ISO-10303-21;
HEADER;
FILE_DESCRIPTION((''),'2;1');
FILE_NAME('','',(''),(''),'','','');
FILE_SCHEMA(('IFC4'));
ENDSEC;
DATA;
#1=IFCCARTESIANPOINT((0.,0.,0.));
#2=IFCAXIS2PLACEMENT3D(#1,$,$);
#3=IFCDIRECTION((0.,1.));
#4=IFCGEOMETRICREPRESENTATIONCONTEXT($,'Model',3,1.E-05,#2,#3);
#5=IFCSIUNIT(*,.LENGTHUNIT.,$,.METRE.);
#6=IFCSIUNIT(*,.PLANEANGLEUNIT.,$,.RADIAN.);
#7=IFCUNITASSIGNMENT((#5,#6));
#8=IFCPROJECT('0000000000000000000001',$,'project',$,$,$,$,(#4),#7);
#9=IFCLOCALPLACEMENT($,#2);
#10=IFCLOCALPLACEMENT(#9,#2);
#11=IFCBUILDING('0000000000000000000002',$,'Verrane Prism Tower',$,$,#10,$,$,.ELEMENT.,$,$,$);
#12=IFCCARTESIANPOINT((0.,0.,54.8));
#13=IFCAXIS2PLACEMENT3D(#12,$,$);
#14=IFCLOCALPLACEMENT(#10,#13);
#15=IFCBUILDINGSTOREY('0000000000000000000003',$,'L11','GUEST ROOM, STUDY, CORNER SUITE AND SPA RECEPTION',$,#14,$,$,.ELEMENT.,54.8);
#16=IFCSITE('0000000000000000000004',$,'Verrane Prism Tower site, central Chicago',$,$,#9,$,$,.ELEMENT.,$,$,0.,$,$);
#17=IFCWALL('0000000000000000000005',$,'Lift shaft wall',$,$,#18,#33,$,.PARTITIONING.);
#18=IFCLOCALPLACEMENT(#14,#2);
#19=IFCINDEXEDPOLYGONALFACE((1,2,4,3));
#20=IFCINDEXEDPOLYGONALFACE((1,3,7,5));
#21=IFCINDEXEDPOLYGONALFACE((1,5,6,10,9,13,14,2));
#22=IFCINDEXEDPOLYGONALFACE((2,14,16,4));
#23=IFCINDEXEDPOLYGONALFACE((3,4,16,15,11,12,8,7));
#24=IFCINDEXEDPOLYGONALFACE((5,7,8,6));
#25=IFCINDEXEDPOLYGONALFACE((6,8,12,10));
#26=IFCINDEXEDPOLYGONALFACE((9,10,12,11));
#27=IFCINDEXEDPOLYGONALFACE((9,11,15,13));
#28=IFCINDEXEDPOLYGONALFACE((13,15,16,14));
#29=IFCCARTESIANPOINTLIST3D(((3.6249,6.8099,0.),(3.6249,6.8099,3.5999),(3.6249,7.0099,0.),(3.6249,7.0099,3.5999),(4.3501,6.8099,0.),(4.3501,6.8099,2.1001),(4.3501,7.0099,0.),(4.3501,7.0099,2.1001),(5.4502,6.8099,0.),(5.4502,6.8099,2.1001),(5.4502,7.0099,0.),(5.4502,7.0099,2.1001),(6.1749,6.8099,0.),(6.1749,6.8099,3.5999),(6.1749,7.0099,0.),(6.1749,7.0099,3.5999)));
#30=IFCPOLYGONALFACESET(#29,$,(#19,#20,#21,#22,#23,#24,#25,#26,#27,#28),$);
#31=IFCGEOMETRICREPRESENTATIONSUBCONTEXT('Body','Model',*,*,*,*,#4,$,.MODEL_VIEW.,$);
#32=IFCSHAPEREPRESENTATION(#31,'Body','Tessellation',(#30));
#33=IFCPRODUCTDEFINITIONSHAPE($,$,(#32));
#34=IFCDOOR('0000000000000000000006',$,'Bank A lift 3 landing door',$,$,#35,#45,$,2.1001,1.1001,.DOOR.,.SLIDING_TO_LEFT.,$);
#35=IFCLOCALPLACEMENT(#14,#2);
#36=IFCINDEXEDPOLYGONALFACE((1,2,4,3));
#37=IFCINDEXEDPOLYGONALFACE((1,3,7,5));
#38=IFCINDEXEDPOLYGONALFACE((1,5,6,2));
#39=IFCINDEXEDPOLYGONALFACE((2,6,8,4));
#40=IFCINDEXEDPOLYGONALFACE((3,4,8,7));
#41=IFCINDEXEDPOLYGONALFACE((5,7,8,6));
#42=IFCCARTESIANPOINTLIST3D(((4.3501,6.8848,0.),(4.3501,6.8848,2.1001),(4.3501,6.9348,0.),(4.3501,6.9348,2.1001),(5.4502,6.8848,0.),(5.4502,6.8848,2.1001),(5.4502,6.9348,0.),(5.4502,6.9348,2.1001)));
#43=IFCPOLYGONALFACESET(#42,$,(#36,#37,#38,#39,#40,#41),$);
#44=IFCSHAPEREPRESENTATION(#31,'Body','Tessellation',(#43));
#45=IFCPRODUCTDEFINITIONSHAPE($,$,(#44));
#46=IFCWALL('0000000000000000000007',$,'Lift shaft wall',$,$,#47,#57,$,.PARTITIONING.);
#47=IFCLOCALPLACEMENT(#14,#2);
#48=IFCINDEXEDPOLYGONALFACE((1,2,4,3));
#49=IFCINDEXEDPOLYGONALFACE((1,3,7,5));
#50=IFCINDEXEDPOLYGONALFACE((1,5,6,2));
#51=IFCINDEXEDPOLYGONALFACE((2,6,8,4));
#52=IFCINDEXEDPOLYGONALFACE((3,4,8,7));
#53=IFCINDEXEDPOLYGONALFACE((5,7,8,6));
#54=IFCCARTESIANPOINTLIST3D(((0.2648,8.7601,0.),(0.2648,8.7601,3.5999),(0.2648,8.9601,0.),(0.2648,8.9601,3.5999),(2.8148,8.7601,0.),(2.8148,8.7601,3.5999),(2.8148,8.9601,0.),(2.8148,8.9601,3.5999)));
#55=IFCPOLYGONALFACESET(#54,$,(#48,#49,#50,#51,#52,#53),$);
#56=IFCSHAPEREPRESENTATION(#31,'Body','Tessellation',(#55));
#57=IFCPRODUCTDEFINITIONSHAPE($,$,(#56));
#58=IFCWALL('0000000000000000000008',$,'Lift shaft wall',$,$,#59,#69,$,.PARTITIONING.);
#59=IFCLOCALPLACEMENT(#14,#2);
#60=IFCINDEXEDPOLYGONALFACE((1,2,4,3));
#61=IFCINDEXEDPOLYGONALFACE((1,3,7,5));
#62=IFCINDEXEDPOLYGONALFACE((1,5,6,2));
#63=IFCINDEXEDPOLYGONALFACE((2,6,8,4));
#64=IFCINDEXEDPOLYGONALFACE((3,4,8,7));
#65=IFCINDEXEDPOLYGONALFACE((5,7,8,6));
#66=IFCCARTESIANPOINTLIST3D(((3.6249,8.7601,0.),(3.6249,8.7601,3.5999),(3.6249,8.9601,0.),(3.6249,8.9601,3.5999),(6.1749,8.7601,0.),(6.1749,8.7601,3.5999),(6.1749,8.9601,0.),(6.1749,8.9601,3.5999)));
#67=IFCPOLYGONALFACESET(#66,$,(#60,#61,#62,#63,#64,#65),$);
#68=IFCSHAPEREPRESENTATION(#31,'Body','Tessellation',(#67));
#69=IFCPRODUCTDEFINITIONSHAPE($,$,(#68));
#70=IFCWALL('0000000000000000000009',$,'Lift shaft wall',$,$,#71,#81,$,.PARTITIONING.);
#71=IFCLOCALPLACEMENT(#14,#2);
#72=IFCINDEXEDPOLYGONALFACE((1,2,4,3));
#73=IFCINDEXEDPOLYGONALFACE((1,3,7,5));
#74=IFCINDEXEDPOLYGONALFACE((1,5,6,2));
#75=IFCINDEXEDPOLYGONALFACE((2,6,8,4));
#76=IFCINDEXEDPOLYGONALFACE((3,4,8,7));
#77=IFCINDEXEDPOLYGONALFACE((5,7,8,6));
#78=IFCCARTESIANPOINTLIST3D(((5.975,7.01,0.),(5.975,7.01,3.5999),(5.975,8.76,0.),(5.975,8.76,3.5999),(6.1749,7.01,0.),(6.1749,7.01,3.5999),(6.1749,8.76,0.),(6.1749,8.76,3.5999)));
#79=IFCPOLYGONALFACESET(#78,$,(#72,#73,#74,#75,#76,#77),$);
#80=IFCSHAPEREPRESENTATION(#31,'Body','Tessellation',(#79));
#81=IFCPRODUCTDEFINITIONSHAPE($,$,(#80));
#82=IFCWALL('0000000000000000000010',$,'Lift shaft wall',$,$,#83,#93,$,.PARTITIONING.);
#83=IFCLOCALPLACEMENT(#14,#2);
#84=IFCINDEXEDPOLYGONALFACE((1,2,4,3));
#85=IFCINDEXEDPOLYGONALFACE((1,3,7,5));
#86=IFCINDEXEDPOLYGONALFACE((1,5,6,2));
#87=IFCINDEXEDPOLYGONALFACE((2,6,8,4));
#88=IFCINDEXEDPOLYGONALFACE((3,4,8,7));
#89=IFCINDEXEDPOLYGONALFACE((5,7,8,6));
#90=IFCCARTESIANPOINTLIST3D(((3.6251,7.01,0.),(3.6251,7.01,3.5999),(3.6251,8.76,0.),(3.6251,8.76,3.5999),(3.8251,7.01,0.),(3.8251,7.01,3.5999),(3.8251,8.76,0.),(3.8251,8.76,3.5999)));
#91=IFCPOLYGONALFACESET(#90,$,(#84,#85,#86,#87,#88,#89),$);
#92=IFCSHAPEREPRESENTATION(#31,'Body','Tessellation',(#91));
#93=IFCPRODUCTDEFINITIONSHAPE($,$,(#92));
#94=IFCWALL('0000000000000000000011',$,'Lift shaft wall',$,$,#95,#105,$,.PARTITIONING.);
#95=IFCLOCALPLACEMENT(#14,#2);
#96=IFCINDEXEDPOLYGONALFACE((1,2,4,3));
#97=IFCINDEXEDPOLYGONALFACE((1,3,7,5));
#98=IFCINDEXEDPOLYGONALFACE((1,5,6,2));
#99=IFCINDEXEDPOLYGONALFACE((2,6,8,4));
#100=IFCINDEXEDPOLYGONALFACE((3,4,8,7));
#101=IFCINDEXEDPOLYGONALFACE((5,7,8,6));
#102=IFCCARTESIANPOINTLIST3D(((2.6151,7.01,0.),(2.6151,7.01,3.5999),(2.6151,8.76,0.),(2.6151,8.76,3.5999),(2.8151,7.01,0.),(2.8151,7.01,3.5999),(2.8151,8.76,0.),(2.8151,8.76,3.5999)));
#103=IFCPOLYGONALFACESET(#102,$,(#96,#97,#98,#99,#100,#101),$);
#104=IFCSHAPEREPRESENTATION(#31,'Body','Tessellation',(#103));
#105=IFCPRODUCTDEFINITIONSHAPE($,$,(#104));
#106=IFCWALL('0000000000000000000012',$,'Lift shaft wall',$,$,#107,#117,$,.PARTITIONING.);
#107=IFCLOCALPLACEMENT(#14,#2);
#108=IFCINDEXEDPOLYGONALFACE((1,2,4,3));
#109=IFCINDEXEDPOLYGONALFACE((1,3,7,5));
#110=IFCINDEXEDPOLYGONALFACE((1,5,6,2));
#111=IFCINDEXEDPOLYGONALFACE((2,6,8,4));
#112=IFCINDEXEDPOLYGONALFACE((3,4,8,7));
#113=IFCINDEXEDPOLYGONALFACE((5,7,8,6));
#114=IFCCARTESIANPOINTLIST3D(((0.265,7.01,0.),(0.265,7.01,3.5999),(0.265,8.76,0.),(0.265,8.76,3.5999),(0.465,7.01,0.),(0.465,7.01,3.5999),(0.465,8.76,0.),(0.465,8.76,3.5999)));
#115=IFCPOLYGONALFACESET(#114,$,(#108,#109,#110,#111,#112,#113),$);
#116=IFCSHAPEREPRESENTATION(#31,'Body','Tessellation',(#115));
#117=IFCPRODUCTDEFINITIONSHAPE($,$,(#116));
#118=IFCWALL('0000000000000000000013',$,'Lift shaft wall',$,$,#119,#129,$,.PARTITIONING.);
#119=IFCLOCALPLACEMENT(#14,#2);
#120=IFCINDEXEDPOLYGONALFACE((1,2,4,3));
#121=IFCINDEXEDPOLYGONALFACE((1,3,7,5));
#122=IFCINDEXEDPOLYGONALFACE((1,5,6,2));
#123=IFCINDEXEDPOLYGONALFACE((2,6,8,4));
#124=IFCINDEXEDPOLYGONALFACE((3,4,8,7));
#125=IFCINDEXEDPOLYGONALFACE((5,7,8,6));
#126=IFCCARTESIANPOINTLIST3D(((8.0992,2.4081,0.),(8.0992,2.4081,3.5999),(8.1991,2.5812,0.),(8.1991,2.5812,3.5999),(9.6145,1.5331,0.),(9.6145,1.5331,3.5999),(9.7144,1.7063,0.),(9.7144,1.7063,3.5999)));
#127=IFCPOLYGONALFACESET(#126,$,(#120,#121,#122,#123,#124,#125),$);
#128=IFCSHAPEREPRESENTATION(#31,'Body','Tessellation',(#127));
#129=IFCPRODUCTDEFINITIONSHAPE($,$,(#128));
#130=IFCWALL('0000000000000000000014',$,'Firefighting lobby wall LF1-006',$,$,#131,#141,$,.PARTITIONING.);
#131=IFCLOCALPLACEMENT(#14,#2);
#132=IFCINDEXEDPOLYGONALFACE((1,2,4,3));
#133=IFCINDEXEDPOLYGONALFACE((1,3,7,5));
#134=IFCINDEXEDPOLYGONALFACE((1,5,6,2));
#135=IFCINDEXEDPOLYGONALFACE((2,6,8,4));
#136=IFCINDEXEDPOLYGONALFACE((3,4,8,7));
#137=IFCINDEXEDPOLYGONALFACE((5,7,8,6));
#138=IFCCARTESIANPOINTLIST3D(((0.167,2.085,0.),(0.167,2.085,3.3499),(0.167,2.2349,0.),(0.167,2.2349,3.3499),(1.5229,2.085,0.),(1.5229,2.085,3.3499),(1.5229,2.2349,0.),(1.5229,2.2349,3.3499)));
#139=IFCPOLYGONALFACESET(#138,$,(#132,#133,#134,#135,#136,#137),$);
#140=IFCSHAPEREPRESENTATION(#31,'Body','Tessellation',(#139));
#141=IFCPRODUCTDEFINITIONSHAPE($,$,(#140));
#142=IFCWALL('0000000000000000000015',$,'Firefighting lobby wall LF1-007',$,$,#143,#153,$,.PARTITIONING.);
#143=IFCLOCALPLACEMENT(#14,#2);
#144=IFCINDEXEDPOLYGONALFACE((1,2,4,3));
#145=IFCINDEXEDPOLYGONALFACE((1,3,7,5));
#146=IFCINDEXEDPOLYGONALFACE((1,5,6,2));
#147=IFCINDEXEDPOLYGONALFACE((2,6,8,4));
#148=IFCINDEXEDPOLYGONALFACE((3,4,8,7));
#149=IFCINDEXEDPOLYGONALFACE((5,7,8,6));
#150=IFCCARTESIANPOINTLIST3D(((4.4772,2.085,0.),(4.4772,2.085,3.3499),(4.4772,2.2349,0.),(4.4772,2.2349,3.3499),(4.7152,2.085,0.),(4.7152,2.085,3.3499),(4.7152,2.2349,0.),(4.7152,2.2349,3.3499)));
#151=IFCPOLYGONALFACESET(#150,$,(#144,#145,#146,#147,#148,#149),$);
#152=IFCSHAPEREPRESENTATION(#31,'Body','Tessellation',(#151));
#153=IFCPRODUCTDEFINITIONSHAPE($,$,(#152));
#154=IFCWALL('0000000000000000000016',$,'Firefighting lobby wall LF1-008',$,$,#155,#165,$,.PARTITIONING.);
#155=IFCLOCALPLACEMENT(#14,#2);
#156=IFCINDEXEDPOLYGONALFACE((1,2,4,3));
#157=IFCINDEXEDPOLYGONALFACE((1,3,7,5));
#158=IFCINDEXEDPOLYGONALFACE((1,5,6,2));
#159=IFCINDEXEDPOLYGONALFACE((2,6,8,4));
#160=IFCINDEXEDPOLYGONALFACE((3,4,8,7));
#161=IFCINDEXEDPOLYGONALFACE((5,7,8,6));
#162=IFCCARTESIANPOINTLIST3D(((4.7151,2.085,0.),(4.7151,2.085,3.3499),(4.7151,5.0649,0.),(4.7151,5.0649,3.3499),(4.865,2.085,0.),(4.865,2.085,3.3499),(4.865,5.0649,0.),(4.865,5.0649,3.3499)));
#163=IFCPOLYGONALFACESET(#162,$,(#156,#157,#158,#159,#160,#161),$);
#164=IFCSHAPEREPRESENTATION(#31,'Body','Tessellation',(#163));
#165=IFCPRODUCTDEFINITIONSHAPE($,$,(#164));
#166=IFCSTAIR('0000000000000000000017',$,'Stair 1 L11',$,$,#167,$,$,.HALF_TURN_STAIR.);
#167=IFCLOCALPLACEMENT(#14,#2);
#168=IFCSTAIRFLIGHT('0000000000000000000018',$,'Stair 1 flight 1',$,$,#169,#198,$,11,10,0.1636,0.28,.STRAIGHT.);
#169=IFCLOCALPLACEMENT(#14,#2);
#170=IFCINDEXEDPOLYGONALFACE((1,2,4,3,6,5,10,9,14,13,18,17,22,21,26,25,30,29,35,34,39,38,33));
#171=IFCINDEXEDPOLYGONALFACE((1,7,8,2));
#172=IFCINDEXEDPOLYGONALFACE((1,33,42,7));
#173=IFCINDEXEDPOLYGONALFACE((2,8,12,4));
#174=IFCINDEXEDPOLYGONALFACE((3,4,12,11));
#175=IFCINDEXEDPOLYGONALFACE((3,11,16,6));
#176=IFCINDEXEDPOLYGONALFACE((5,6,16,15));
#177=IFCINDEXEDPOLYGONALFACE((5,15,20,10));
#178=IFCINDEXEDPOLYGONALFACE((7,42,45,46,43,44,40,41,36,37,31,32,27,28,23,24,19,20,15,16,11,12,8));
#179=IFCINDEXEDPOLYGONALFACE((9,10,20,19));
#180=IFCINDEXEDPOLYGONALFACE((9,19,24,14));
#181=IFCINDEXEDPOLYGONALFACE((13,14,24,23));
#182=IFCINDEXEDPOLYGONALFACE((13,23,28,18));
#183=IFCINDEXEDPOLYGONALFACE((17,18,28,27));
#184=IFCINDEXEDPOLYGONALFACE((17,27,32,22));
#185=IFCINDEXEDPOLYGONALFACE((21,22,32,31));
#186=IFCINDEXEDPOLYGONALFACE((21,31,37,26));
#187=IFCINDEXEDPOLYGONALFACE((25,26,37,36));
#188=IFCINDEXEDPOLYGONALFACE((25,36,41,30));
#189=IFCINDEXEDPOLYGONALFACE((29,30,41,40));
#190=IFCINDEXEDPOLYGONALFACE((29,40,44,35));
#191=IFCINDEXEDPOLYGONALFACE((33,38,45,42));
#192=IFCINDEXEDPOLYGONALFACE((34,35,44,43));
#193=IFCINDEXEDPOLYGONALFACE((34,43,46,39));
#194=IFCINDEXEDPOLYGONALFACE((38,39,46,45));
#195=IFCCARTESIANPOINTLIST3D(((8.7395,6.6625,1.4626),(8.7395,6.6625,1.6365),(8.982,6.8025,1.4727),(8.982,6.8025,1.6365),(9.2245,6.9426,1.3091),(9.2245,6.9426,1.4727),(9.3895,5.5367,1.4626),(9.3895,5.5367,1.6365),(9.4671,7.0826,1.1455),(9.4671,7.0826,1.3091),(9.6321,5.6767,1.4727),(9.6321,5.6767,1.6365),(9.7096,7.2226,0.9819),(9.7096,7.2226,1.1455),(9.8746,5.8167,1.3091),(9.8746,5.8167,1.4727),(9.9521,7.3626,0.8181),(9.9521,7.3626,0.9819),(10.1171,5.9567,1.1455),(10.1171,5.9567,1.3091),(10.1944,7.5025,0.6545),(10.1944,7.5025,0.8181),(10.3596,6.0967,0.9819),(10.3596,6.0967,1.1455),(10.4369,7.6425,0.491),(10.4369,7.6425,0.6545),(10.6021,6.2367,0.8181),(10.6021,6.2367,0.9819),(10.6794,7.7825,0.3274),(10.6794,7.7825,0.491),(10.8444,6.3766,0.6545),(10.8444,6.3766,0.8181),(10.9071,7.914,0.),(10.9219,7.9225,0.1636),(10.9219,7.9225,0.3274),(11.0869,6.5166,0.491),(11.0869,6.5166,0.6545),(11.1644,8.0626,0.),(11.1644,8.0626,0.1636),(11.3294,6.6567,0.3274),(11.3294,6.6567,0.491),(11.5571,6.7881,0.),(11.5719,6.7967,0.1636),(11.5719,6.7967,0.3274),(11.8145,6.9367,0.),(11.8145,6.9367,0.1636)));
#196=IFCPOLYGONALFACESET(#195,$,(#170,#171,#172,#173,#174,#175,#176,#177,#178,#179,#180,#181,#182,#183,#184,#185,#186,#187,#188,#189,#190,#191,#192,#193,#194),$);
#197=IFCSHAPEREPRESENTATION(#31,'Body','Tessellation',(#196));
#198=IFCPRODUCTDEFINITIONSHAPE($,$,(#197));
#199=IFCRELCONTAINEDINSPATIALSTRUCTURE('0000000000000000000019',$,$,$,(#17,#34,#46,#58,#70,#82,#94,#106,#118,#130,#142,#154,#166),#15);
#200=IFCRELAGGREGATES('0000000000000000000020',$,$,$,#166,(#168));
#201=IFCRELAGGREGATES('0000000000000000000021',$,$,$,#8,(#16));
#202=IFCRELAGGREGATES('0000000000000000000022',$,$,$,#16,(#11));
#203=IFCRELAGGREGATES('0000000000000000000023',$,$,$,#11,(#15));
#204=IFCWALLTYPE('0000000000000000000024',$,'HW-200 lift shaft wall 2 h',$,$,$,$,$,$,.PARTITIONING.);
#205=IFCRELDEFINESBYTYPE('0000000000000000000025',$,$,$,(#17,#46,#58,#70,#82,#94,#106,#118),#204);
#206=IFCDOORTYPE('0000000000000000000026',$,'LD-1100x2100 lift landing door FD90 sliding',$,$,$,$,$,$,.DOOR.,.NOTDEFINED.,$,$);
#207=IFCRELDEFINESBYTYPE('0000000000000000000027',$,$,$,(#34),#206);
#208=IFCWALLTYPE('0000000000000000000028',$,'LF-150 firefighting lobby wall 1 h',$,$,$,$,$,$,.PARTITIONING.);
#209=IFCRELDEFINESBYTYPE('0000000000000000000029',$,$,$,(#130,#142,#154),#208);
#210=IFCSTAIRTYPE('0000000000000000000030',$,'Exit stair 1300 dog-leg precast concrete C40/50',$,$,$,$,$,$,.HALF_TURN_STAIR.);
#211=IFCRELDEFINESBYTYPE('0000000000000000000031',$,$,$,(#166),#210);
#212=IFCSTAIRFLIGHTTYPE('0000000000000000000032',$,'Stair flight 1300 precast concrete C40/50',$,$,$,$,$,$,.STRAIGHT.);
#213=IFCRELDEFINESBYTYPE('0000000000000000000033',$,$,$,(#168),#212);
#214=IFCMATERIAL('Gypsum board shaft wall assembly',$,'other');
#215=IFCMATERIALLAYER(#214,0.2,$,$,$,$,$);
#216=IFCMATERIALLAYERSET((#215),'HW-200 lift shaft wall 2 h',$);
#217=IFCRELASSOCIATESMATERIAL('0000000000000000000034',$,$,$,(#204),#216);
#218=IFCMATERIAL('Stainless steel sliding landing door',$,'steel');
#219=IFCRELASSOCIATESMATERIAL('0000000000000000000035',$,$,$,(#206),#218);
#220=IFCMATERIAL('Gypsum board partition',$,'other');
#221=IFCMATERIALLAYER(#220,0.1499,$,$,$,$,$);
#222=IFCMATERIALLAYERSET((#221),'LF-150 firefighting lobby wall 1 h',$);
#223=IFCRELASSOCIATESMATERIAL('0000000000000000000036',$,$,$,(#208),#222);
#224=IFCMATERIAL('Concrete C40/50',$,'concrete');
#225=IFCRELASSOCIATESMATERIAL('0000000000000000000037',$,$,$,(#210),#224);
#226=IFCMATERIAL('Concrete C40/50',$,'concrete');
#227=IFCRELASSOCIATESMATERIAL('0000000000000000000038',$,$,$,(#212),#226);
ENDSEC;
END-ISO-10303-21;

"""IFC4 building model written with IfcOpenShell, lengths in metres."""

from ifc_helpers import new_model, si_unit, direction, frame, frame_2d, origin, place, context, subcontext, project, spatial, polyline, rectangle, outline, extrude, material, layer, layer_set, type_object, element, fill, aggregate, save


model = new_model("IFC4")

# Units and contexts
model_context = context("Model", 3, precision=1e-05, world=origin(), true_north=direction((0.0, 1.0)))
body_context = subcontext(model_context, "Body", "Model", "MODEL_VIEW")
ifc_project = project(units=[si_unit("LENGTHUNIT", "METRE"), si_unit("PLANEANGLEUNIT", "RADIAN")], contexts=[model_context])

# Site, building, storey
site_placement = place(None, origin())
site = spatial("IfcSite", under=ifc_project, at=site_placement, Name="Verrane Prism Tower site, central Chicago", CompositionType="ELEMENT", RefElevation=0.0)
building_placement = place(site_placement, origin())
building = spatial("IfcBuilding", under=site, at=building_placement, Name="Verrane Prism Tower", CompositionType="ELEMENT")
storey_placement = place(building_placement, frame((0.0, 0.0, 54.8)))
storey = spatial("IfcBuildingStorey", under=building, at=storey_placement, Name="L11", Description="GUEST ROOM, STUDY, CORNER SUITE AND SPA RECEPTION", CompositionType="ELEMENT", Elevation=54.8)

# Wall, opening, door
ifc_material_1 = material(Name="Gypsum board shaft wall assembly", Category="other")
ifc_layer_1 = layer(ifc_material_1, 0.2)
ifc_layer_set_1 = layer_set([ifc_layer_1], Name="HW-200 lift shaft wall 2 h")
wall_type_1 = type_object("IfcWallType", Name="HW-200 lift shaft wall 2 h", PredefinedType="PARTITIONING", material=ifc_layer_set_1)
ifc_material_2 = material(Name="Stainless steel sliding landing door", Category="steel")
door_type_1 = type_object("IfcDoorType", Name="LD-1100x2100 lift landing door FD90 sliding", OperationType="NOTDEFINED", PredefinedType="DOOR", material=ifc_material_2)
wall_1_placement = place(storey_placement, frame((3.625, 6.9099, 0.0), z_axis=(0.0, 0.0, 1.0), x_axis=(1.0, 0.0, 0.0)))
wall_1 = element("IfcWall", 1, at=wall_1_placement, inside=storey, type_object=wall_type_1, Name="Lift shaft wall", PredefinedType="PARTITIONING", context=body_context, shape_type="SweptSolid", body=[
    extrude(rectangle(XDim=2.55, YDim=0.2, at=frame_2d((1.2749, 0.0))), origin(), (0.0, 0.0, 1.0), 3.5999),
])
opening_1_placement = place(wall_1_placement, frame((0.7251, 0.0, 0.0)))
opening_1 = element("IfcOpeningElement", 2, at=opening_1_placement, cuts=wall_1, PredefinedType="OPENING", context=body_context, shape_type="SweptSolid", body=[
    extrude(rectangle(XDim=1.1001, YDim=2.1001, at=frame_2d((0.55, 1.05))), frame((0.0, 0.1099, 0.0), z_axis=(0.0, -1.0, 0.0), x_axis=(1.0, 0.0, 0.0)), (0.0, 0.0, 1.0), 0.22),
])
door_1_placement = place(opening_1_placement, origin())
door_1 = element("IfcDoor", 3, at=door_1_placement, inside=storey, type_object=door_type_1, Name="Bank A lift 3 landing door", OperationType="SLIDING_TO_LEFT", OverallHeight=2.1001, OverallWidth=1.1001, PredefinedType="DOOR", context=body_context, shape_type="SweptSolid", body=[
    extrude(rectangle(XDim=1.1001, YDim=2.1001, at=frame_2d((0.55, 1.05))), frame((0.0, 0.0249, 0.0), z_axis=(0.0, -1.0, 0.0), x_axis=(1.0, 0.0, 0.0)), (0.0, 0.0, 1.0), 0.05),
])
fill(opening_1, door_1)

# Walls
for number, where, z_axis, x_axis, name in (
    (4, (0.2649, 8.8601, 0.0), (0.0, 0.0, 1.0), (1.0, 0.0, 0.0), "Lift shaft wall"),
    (5, (3.625, 8.8601, 0.0), (0.0, 0.0, 1.0), (1.0, 0.0, 0.0), "Lift shaft wall"),
):
    element("IfcWall", number, at=place(storey_placement, frame(where, z_axis=z_axis, x_axis=x_axis)), inside=storey, type_object=wall_type_1, Name=name, PredefinedType="PARTITIONING", context=body_context, shape_type="SweptSolid", body=[
        extrude(rectangle(XDim=2.55, YDim=0.2, at=frame_2d((1.2749, 0.0))), origin(), (0.0, 0.0, 1.0), 3.5999),
    ])
for number, where, z_axis, x_axis, name in (
    (6, (6.075, 7.01, 0.0), (0.0, 0.0, 1.0), (0.0, 1.0, 0.0), "Lift shaft wall"),
    (7, (3.7251, 7.01, 0.0), (0.0, 0.0, 1.0), (0.0, 1.0, 0.0), "Lift shaft wall"),
    (8, (2.7151, 7.01, 0.0), (0.0, 0.0, 1.0), (0.0, 1.0, 0.0), "Lift shaft wall"),
    (9, (0.365, 7.01, 0.0), (0.0, 0.0, 1.0), (0.0, 1.0, 0.0), "Lift shaft wall"),
):
    element("IfcWall", number, at=place(storey_placement, frame(where, z_axis=z_axis, x_axis=x_axis)), inside=storey, type_object=wall_type_1, Name=name, PredefinedType="PARTITIONING", context=body_context, shape_type="SweptSolid", body=[
        extrude(rectangle(XDim=1.75, YDim=0.2, at=frame_2d((0.875, 0.0))), origin(), (0.0, 0.0, 1.0), 3.5999),
    ])
wall_2_placement = place(storey_placement, frame((9.6646, 1.6196, 0.0), z_axis=(0.0, 0.0, 1.0), x_axis=(-0.866002, 0.50004, 0.0)))
element("IfcWall", 10, at=wall_2_placement, inside=storey, type_object=wall_type_1, Name="Lift shaft wall", PredefinedType="PARTITIONING", context=body_context, shape_type="SweptSolid", body=[
    extrude(rectangle(XDim=1.7498, YDim=0.2, at=frame_2d((0.875, 0.0))), origin(), (0.0, 0.0, 1.0), 3.5999),
])
ifc_material_3 = material(Name="Gypsum board partition", Category="other")
ifc_layer_2 = layer(ifc_material_3, 0.1499)
ifc_layer_set_2 = layer_set([ifc_layer_2], Name="LF-150 firefighting lobby wall 1 h")
wall_type_2 = type_object("IfcWallType", Name="LF-150 firefighting lobby wall 1 h", PredefinedType="PARTITIONING", material=ifc_layer_set_2)
wall_3_placement = place(storey_placement, frame((0.167, 2.1599, 0.0), z_axis=(0.0, 0.0, 1.0), x_axis=(1.0, 0.0, 0.0)))
element("IfcWall", 11, at=wall_3_placement, inside=storey, type_object=wall_type_2, Name="Firefighting lobby wall LF1-006", PredefinedType="PARTITIONING", context=body_context, shape_type="SweptSolid", body=[
    extrude(rectangle(XDim=1.356, YDim=0.1499, at=frame_2d((0.678, 0.0))), origin(), (0.0, 0.0, 1.0), 3.3499),
])
wall_4_placement = place(storey_placement, frame((4.4771, 2.1599, 0.0), z_axis=(0.0, 0.0, 1.0), x_axis=(1.0, 0.0, 0.0)))
element("IfcWall", 12, at=wall_4_placement, inside=storey, type_object=wall_type_2, Name="Firefighting lobby wall LF1-007", PredefinedType="PARTITIONING", context=body_context, shape_type="SweptSolid", body=[
    extrude(rectangle(XDim=0.238, YDim=0.1499, at=frame_2d((0.1191, 0.0))), origin(), (0.0, 0.0, 1.0), 3.3499),
])
wall_5_placement = place(storey_placement, frame((4.79, 2.085, 0.0), z_axis=(0.0, 0.0, 1.0), x_axis=(0.0, 1.0, 0.0)))
element("IfcWall", 13, at=wall_5_placement, inside=storey, type_object=wall_type_2, Name="Firefighting lobby wall LF1-008", PredefinedType="PARTITIONING", context=body_context, shape_type="SweptSolid", body=[
    extrude(rectangle(XDim=2.98, YDim=0.1499, at=frame_2d((1.49, 0.0))), origin(), (0.0, 0.0, 1.0), 3.3499),
])

# Stair, stair flight
ifc_material_4 = material(Name="Concrete C40/50", Category="concrete")
stair_type = type_object("IfcStairType", Name="Exit stair 1300 dog-leg precast concrete C40/50", PredefinedType="HALF_TURN_STAIR", material=ifc_material_4)
stair_placement = place(storey_placement, origin())
stair = element("IfcStair", 14, at=stair_placement, inside=storey, type_object=stair_type, Name="Stair 1 L11", PredefinedType="HALF_TURN_STAIR")
ifc_material_5 = material(Name="Concrete C40/50", Category="concrete")
stair_flight_type = type_object("IfcStairFlightType", Name="Stair flight 1300 precast concrete C40/50", PredefinedType="STRAIGHT", material=ifc_material_5)
stair_flight_1_placement = place(storey_placement, frame((11.4895, 7.4995, 0.0), z_axis=(0.0, 0.0, 1.0), x_axis=(-0.866025, -0.5, 0.0)))
stair_flight_1 = element("IfcStairFlight", 15, at=stair_flight_1_placement, type_object=stair_flight_type, Name="Stair 1 flight 1", NumberOfRisers=11, NumberOfTreads=10, PredefinedType="STRAIGHT", RiserHeight=0.1636, TreadLength=0.28, context=body_context, shape_type="SweptSolid", body=[
    extrude(outline(polyline([(0.0, 0.0), (0.0, 0.1636), (0.28, 0.1636), (0.28, 0.3274), (0.5601, 0.3274), (0.5601, 0.491), (0.8401, 0.491), (0.8401, 0.6545), (1.1201, 0.6545), (1.1201, 0.8181), (1.3999, 0.8181), (1.3999, 0.9819), (1.6799, 0.9819), (1.6799, 1.1455), (1.96, 1.1455), (1.96, 1.3091), (2.24, 1.3091), (2.24, 1.4727), (2.52, 1.4727), (2.52, 1.6365), (2.8, 1.6365), (2.8, 1.8), (2.8, 1.4626), (0.2971, 0.0), (0.0, 0.0)])), frame((0.0, 0.6499, 0.0), z_axis=(0.0, -1.0, 0.0), x_axis=(1.0, 0.0, 0.0)), (0.0, 0.0, 1.0), 1.3),
])
aggregate(stair, [stair_flight_1])

save(model, "model.ifc")
